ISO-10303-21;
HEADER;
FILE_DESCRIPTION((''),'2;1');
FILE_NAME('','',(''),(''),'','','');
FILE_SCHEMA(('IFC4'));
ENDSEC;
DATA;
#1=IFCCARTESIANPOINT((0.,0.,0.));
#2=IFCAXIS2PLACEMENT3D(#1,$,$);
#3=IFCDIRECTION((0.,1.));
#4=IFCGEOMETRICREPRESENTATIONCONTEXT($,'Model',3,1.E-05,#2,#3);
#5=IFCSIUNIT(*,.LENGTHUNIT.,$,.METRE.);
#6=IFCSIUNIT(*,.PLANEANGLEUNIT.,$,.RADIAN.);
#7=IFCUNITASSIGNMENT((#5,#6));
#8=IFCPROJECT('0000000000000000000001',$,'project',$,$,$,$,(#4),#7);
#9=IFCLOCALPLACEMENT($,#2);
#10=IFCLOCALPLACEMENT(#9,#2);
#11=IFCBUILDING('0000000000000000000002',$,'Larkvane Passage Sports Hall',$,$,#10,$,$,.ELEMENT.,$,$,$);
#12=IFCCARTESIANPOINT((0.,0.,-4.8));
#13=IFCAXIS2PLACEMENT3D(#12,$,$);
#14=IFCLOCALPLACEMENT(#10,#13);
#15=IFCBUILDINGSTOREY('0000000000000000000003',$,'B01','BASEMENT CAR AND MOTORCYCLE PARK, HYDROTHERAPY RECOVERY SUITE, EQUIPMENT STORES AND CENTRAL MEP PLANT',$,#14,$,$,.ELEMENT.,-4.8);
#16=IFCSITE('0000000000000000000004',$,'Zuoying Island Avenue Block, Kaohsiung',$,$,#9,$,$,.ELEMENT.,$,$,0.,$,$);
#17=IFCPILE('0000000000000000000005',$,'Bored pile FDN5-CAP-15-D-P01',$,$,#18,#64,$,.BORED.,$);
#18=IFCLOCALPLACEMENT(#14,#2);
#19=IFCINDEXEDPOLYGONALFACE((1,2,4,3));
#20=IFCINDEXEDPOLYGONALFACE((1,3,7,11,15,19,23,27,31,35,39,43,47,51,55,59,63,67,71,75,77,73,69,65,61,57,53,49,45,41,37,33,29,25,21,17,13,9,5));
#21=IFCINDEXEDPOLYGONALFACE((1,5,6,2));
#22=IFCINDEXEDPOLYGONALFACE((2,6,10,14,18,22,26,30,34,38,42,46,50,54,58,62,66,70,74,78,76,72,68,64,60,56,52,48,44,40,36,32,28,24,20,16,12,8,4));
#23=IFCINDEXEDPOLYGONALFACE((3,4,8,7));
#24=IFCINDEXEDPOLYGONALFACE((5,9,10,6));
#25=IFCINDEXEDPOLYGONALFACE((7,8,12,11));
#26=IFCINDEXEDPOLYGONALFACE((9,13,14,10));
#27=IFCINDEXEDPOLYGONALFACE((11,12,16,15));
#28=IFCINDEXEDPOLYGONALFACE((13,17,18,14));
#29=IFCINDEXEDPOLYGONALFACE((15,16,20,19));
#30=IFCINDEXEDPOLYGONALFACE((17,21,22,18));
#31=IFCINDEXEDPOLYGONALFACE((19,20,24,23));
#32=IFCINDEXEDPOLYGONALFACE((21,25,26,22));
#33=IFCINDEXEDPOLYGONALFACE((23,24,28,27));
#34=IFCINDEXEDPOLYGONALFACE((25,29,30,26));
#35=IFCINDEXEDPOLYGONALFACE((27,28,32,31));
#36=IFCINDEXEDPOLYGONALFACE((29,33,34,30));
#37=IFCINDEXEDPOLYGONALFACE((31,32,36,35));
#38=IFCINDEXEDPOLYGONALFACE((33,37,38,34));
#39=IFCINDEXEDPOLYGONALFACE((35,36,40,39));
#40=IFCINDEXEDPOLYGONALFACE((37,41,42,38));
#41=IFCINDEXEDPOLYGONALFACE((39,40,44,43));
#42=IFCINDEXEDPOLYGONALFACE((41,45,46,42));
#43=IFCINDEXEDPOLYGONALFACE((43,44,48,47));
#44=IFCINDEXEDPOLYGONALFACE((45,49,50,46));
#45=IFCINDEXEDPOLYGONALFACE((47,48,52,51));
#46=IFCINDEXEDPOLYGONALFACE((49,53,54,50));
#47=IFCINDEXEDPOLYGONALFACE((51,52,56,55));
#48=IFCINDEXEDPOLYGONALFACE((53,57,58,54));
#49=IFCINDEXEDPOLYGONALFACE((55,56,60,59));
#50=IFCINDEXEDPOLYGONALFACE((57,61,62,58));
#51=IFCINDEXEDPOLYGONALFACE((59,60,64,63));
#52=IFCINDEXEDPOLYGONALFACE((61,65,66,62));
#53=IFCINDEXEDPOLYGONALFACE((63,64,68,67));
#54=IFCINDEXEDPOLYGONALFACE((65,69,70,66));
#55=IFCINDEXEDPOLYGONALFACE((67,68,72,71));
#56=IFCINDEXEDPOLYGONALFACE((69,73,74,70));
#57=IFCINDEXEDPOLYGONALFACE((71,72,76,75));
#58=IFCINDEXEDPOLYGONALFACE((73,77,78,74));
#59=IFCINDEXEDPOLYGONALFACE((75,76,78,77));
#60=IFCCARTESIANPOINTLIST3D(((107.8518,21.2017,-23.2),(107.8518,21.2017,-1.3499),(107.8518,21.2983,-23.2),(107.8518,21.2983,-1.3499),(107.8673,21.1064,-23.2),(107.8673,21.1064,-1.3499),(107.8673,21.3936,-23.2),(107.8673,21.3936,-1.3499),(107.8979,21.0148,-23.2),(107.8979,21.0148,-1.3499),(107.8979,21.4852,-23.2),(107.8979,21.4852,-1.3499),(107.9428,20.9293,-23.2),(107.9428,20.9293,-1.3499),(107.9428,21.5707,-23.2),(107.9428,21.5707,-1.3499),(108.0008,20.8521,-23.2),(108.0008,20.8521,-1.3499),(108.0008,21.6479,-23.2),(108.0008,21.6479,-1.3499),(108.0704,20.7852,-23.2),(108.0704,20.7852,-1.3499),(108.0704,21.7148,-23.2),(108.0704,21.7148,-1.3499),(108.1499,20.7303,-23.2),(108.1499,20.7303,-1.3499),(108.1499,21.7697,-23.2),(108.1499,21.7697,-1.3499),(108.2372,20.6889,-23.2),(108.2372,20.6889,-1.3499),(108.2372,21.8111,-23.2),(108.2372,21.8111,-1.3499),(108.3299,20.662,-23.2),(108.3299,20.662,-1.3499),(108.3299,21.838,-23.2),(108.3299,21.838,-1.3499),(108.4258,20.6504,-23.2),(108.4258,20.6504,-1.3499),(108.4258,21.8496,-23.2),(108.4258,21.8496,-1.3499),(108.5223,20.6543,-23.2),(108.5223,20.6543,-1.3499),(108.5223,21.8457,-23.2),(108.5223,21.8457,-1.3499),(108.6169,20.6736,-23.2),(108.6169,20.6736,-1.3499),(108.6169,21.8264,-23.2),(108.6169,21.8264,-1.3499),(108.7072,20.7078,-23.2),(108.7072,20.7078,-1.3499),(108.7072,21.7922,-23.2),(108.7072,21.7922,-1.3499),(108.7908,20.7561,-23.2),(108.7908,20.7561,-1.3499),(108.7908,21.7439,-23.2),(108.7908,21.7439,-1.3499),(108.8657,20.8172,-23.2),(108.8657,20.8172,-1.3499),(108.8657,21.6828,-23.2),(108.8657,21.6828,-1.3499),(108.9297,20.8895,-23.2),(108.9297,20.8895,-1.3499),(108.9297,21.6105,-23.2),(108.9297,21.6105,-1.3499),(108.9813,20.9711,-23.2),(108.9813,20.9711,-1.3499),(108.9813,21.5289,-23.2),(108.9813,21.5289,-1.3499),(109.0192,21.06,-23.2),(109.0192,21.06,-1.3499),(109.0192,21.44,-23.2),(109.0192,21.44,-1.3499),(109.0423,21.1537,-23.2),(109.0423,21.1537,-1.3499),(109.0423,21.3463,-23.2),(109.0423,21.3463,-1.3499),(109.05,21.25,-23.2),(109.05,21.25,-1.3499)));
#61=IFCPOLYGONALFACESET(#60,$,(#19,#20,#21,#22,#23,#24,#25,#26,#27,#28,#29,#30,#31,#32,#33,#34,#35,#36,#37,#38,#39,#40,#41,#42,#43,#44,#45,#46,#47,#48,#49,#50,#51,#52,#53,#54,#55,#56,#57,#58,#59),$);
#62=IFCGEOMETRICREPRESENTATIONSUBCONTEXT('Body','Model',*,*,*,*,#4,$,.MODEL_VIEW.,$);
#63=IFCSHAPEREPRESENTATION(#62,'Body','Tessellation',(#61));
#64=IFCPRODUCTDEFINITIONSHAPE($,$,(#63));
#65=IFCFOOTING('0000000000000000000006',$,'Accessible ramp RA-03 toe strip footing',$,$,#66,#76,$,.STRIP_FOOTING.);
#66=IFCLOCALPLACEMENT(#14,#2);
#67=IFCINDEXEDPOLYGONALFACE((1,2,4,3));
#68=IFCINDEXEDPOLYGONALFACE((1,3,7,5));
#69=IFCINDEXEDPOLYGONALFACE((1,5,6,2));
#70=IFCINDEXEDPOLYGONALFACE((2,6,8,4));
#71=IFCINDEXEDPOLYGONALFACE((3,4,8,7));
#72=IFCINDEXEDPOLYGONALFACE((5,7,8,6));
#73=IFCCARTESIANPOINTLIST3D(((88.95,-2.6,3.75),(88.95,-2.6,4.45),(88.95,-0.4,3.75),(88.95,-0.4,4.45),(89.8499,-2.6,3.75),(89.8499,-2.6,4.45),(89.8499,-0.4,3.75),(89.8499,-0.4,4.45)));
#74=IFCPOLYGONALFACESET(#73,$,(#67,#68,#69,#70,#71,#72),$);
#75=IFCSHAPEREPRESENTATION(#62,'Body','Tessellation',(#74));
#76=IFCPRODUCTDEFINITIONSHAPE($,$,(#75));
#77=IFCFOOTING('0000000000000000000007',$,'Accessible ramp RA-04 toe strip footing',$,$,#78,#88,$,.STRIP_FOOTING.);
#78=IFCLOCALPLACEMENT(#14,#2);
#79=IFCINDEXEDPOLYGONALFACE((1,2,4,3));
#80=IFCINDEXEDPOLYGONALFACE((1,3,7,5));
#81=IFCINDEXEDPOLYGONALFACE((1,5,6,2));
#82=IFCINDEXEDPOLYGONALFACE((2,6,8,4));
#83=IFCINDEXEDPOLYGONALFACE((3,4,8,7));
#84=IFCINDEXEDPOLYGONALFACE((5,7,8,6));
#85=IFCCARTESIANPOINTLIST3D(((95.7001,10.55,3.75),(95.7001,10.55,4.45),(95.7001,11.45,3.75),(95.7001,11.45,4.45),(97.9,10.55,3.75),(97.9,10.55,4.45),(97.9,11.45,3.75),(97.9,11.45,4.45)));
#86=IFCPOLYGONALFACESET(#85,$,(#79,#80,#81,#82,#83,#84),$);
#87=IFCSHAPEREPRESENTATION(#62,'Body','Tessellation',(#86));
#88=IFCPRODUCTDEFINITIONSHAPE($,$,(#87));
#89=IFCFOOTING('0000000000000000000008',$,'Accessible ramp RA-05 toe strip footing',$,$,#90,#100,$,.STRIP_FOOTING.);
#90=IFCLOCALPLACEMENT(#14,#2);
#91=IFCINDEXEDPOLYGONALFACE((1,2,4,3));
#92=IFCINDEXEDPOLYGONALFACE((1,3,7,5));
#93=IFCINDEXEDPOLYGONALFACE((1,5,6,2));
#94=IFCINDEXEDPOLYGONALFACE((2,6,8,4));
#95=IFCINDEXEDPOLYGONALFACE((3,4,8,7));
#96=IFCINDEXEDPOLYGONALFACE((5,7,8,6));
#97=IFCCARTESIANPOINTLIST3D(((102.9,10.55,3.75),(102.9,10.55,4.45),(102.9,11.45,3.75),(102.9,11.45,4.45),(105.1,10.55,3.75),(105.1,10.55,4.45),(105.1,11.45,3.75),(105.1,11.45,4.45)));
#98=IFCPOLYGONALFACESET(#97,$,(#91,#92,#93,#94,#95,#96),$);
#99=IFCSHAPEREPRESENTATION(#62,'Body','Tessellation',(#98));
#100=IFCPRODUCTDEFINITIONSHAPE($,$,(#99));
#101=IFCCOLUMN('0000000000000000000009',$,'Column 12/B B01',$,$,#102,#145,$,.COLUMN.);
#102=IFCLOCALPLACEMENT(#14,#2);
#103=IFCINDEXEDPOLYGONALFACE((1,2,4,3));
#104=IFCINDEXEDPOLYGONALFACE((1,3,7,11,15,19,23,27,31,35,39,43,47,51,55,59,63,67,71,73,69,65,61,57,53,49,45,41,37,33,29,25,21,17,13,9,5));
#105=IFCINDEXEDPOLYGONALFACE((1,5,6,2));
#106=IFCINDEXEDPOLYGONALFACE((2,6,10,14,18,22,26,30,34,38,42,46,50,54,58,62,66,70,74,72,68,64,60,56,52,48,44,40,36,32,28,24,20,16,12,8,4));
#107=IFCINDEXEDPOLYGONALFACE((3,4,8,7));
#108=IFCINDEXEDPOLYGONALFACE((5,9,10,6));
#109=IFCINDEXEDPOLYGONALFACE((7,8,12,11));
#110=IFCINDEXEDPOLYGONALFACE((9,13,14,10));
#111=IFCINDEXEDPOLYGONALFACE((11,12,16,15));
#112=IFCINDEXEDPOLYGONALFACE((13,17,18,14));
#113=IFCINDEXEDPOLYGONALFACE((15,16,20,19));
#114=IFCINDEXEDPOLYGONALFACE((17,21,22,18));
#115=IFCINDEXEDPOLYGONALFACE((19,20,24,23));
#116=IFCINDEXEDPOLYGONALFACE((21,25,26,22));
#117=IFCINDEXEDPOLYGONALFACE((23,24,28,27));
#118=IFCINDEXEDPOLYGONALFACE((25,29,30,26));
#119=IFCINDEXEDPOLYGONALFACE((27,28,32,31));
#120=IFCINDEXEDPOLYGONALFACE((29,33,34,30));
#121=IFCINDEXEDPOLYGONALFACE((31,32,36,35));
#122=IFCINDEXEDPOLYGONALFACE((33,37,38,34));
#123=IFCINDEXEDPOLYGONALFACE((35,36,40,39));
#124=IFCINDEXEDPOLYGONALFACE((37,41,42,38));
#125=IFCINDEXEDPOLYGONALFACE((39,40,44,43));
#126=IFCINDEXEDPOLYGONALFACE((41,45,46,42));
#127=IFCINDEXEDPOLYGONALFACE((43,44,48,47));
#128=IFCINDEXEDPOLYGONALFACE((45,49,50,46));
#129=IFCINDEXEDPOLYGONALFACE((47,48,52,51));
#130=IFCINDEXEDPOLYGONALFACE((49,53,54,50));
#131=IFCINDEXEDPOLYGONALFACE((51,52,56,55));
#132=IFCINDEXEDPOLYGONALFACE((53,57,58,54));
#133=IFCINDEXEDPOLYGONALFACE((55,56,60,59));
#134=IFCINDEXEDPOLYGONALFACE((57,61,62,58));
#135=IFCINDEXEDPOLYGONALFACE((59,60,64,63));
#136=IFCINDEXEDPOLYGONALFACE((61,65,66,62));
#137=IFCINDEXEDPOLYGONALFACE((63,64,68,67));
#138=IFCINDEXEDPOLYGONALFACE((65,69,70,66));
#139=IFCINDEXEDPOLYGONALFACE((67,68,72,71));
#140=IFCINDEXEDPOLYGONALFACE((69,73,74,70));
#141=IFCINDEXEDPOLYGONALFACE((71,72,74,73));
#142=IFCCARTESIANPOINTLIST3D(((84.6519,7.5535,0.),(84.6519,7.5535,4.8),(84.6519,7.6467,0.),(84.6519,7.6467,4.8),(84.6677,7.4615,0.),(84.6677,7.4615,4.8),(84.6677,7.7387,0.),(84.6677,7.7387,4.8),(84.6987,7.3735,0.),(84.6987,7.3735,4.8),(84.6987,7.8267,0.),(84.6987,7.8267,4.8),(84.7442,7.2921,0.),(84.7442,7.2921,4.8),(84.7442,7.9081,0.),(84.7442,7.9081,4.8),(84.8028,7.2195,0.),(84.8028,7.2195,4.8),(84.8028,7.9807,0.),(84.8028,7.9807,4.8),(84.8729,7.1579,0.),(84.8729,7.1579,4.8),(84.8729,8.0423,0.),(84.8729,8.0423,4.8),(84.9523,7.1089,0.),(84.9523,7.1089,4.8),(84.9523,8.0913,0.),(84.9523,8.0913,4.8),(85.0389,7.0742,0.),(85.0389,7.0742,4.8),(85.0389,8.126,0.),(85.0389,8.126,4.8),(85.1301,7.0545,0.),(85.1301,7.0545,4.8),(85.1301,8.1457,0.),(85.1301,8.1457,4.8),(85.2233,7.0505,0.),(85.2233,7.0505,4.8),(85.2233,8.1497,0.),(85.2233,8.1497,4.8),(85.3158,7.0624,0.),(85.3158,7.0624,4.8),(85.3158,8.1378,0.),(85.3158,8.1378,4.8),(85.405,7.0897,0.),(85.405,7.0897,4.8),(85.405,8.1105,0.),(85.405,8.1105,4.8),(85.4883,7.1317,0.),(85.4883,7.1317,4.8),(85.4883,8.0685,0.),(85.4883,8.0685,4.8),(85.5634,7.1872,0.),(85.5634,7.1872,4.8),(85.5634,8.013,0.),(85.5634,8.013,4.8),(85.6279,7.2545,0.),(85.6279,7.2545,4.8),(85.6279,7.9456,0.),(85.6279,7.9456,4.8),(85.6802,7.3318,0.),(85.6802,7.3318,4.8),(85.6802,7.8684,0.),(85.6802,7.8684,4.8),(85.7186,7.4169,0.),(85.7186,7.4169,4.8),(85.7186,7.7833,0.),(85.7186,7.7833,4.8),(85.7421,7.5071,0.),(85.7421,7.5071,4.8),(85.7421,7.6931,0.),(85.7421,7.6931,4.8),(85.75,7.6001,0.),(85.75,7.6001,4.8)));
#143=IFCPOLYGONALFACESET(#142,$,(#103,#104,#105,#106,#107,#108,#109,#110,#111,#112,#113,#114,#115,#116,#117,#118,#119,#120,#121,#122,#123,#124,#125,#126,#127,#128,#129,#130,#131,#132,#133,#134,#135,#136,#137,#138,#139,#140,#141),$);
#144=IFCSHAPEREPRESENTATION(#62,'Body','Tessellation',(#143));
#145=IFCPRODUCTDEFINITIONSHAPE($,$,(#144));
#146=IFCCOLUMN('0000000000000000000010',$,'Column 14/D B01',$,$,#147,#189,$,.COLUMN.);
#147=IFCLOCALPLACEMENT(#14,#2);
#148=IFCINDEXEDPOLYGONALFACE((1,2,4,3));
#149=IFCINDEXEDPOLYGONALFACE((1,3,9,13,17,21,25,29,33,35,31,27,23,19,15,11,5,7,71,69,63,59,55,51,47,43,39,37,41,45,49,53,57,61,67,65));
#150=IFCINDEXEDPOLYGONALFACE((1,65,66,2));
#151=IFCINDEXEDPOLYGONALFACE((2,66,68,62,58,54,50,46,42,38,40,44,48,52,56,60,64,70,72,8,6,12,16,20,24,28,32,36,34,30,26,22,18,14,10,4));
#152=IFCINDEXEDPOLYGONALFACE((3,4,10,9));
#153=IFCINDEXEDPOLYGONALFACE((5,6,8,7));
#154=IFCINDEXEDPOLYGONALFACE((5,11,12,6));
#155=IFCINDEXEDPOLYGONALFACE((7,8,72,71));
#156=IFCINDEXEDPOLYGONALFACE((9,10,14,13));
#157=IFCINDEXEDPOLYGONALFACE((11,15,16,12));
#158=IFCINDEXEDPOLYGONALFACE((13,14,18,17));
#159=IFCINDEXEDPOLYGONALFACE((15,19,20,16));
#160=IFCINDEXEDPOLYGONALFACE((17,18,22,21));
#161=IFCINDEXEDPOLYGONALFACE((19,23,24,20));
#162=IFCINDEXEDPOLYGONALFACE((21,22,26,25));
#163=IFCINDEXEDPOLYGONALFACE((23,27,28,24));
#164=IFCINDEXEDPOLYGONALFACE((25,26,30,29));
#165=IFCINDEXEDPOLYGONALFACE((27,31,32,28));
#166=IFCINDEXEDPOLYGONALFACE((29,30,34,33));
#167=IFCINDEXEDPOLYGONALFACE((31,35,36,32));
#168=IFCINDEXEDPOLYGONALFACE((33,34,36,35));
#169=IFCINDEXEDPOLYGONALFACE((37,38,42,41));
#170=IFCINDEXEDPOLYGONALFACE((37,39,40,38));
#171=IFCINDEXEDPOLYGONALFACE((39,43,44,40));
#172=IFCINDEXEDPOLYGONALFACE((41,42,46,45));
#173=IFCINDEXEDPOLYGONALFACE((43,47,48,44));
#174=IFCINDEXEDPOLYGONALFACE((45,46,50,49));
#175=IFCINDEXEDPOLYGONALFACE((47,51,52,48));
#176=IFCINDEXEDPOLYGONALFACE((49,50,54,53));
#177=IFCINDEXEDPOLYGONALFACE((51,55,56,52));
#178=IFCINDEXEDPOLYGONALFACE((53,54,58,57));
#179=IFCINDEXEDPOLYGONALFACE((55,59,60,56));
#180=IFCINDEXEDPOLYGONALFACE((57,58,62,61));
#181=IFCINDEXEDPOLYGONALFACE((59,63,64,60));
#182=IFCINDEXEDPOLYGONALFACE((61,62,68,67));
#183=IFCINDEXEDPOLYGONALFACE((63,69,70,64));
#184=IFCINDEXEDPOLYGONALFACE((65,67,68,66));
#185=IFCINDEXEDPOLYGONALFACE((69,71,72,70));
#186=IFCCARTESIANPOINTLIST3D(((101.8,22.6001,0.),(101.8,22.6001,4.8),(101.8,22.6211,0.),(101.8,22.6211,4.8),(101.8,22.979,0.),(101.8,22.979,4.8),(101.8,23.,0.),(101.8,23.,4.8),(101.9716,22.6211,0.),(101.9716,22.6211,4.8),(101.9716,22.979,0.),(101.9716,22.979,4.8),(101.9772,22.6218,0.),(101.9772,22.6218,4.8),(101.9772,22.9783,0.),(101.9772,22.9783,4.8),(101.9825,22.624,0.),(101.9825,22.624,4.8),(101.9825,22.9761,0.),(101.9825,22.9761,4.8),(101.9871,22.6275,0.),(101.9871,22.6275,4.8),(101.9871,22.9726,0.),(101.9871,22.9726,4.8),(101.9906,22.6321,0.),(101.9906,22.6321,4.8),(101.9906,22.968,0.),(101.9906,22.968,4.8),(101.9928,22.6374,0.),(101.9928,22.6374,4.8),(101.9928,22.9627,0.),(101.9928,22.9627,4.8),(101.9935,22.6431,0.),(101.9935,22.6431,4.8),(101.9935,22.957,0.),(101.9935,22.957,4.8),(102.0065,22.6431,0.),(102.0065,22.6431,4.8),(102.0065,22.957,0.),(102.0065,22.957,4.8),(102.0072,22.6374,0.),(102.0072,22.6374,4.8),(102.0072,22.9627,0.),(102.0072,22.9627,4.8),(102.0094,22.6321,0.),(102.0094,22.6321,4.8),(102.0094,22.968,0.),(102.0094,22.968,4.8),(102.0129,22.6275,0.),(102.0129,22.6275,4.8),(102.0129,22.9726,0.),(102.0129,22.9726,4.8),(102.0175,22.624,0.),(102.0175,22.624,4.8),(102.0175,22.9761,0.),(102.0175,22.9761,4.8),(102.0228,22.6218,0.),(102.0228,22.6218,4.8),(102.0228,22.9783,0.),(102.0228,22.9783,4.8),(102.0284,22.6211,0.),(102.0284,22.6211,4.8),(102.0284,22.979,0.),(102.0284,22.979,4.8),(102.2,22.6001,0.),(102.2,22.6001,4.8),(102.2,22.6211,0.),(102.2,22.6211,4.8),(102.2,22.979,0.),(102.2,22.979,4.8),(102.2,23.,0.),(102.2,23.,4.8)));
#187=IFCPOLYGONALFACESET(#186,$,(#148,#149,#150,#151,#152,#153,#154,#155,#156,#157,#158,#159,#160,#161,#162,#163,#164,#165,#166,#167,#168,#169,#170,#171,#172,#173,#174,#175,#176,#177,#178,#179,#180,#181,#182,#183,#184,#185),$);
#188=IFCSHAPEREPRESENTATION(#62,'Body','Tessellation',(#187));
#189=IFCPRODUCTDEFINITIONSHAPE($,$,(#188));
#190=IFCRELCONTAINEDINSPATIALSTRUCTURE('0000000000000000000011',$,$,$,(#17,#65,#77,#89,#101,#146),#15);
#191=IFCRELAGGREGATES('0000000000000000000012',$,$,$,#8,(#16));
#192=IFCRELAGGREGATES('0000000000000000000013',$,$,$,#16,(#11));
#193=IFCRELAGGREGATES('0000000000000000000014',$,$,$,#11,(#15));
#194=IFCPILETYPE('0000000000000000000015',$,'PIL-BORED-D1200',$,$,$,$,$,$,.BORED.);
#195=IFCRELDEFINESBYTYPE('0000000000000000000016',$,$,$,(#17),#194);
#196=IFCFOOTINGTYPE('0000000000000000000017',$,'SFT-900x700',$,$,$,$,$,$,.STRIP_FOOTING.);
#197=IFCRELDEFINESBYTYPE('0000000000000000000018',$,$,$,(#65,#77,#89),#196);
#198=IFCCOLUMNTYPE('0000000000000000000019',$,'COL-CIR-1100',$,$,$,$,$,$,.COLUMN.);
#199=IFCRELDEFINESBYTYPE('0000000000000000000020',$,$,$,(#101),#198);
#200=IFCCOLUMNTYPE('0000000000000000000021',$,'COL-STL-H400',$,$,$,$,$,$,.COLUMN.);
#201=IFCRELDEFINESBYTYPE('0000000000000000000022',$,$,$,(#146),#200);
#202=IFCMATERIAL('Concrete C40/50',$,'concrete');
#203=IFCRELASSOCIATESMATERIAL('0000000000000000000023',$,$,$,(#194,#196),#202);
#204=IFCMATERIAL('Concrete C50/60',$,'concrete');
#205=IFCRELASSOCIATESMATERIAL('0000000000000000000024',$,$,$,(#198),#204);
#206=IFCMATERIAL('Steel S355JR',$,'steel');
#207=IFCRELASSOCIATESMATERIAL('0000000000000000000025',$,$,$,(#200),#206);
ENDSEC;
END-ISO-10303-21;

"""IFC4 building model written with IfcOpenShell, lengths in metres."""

from ifc_helpers import new_model, si_unit, direction, frame, origin, origin_2d, place, context, subcontext, project, spatial, rectangle, circle, i_section, extrude, material, material_profile, profile_set, type_object, element, save


model = new_model("IFC4")

# Units and contexts
model_context = context("Model", 3, precision=1e-05, world=origin(), true_north=direction((0.0, 1.0)))
body_context = subcontext(model_context, "Body", "Model", "MODEL_VIEW")
ifc_project = project(units=[si_unit("LENGTHUNIT", "METRE"), si_unit("PLANEANGLEUNIT", "RADIAN")], contexts=[model_context])

# Site, building, storey
site_placement = place(None, origin())
site = spatial("IfcSite", under=ifc_project, at=site_placement, Name="Zuoying Island Avenue Block, Kaohsiung", CompositionType="ELEMENT", RefElevation=0.0)
building_placement = place(site_placement, origin())
building = spatial("IfcBuilding", under=site, at=building_placement, Name="Larkvane Passage Sports Hall", CompositionType="ELEMENT")
storey_placement = place(building_placement, frame((0.0, 0.0, -4.8)))
storey = spatial("IfcBuildingStorey", under=building, at=storey_placement, Name="B01", Description="BASEMENT CAR AND MOTORCYCLE PARK, HYDROTHERAPY RECOVERY SUITE, EQUIPMENT STORES AND CENTRAL MEP PLANT", CompositionType="ELEMENT", Elevation=-4.8)

# Shared definitions
ifc_material_1 = material(Name="Concrete C40/50", Category="concrete")

# Pile
ifc_material_profile_1 = material_profile(ifc_material_1, circle(Radius=0.6001, at=origin_2d()), Name="PILE-D1200")
ifc_profile_set_1 = profile_set([ifc_material_profile_1], Name="Concrete C40/50")
pile_type = type_object("IfcPileType", Name="PIL-BORED-D1200", PredefinedType="BORED", material=ifc_profile_set_1)
for number, where, z_axis, x_axis, name in (
    (1, (108.45, 21.25, -1.3499), (0.0, 0.0, -1.0), (1.0, 0.0, 0.0), "Bored pile FDN5-CAP-15-D-P01"),
):
    element("IfcPile", number, at=place(storey_placement, frame(where, z_axis=z_axis, x_axis=x_axis)), inside=storey, type_object=pile_type, Name=name, PredefinedType="BORED", context=body_context, shape_type="SweptSolid", body=[
        extrude(circle(Radius=0.6001, at=origin_2d()), origin(), (0.0, 0.0, 1.0), 21.8501),
    ])

# Footings
footing_type_1 = type_object("IfcFootingType", Name="SFT-900x700", PredefinedType="STRIP_FOOTING", material=ifc_material_1)
footing_1_placement = place(storey_placement, frame((89.3999, -1.5, 3.75), z_axis=(0.0, 0.0, 1.0), x_axis=(1.0, 0.0, 0.0)))
element("IfcFooting", 2, at=footing_1_placement, inside=storey, type_object=footing_type_1, Name="Accessible ramp RA-03 toe strip footing", PredefinedType="STRIP_FOOTING", context=body_context, shape_type="SweptSolid", body=[
    extrude(rectangle(XDim=0.8999, YDim=2.2, at=origin_2d()), origin(), (0.0, 0.0, 1.0), 0.7),
])
for number, where, z_axis, x_axis, name in (
    (3, (96.8, 11.0, 3.75), (0.0, 0.0, 1.0), (1.0, 0.0, 0.0), "Accessible ramp RA-04 toe strip footing"),
    (4, (104.0, 11.0, 3.75), (0.0, 0.0, 1.0), (1.0, 0.0, 0.0), "Accessible ramp RA-05 toe strip footing"),
):
    element("IfcFooting", number, at=place(storey_placement, frame(where, z_axis=z_axis, x_axis=x_axis)), inside=storey, type_object=footing_type_1, Name=name, PredefinedType="STRIP_FOOTING", context=body_context, shape_type="SweptSolid", body=[
        extrude(rectangle(XDim=2.2, YDim=0.8999, at=origin_2d()), origin(), (0.0, 0.0, 1.0), 0.7),
    ])

# Columns
ifc_material_2 = material(Name="Concrete C50/60", Category="concrete")
ifc_material_profile_2 = material_profile(ifc_material_2, circle(Radius=0.55, at=origin_2d()), Name="RC-CIR-1100")
ifc_profile_set_2 = profile_set([ifc_material_profile_2], Name="Concrete C50/60")
column_type_1 = type_object("IfcColumnType", Name="COL-CIR-1100", PredefinedType="COLUMN", material=ifc_profile_set_2)
column_1_placement = place(storey_placement, frame((85.2, 7.6001, 0.0), z_axis=(0.0, 0.0, 1.0), x_axis=(1.0, 0.0, 0.0)))
element("IfcColumn", 5, at=column_1_placement, inside=storey, type_object=column_type_1, Name="Column 12/B B01", PredefinedType="COLUMN", context=body_context, shape_type="SweptSolid", body=[
    extrude(circle(Radius=0.55, at=origin_2d()), origin(), (0.0, 0.0, 1.0), 4.8),
])
ifc_material_3 = material(Name="Steel S355JR", Category="steel")
ifc_material_profile_3 = material_profile(ifc_material_3, i_section(OverallWidth=0.3999, OverallDepth=0.3999, WebThickness=0.0129, FlangeThickness=0.021, FilletRadius=0.022, at=origin_2d()), Name="H-400x400x13x21")
ifc_profile_set_3 = profile_set([ifc_material_profile_3], Name="Steel S355JR")
column_type_2 = type_object("IfcColumnType", Name="COL-STL-H400", PredefinedType="COLUMN", material=ifc_profile_set_3)
column_2_placement = place(storey_placement, frame((102.0, 22.8, 0.0), z_axis=(0.0, 0.0, 1.0), x_axis=(1.0, 0.0, 0.0)))
element("IfcColumn", 6, at=column_2_placement, inside=storey, type_object=column_type_2, Name="Column 14/D B01", PredefinedType="COLUMN", context=body_context, shape_type="SweptSolid", body=[
    extrude(i_section(OverallWidth=0.3999, OverallDepth=0.3999, WebThickness=0.0129, FlangeThickness=0.021, FilletRadius=0.022, at=origin_2d()), origin(), (0.0, 0.0, 1.0), 4.8),
])

save(model, "model.ifc")
